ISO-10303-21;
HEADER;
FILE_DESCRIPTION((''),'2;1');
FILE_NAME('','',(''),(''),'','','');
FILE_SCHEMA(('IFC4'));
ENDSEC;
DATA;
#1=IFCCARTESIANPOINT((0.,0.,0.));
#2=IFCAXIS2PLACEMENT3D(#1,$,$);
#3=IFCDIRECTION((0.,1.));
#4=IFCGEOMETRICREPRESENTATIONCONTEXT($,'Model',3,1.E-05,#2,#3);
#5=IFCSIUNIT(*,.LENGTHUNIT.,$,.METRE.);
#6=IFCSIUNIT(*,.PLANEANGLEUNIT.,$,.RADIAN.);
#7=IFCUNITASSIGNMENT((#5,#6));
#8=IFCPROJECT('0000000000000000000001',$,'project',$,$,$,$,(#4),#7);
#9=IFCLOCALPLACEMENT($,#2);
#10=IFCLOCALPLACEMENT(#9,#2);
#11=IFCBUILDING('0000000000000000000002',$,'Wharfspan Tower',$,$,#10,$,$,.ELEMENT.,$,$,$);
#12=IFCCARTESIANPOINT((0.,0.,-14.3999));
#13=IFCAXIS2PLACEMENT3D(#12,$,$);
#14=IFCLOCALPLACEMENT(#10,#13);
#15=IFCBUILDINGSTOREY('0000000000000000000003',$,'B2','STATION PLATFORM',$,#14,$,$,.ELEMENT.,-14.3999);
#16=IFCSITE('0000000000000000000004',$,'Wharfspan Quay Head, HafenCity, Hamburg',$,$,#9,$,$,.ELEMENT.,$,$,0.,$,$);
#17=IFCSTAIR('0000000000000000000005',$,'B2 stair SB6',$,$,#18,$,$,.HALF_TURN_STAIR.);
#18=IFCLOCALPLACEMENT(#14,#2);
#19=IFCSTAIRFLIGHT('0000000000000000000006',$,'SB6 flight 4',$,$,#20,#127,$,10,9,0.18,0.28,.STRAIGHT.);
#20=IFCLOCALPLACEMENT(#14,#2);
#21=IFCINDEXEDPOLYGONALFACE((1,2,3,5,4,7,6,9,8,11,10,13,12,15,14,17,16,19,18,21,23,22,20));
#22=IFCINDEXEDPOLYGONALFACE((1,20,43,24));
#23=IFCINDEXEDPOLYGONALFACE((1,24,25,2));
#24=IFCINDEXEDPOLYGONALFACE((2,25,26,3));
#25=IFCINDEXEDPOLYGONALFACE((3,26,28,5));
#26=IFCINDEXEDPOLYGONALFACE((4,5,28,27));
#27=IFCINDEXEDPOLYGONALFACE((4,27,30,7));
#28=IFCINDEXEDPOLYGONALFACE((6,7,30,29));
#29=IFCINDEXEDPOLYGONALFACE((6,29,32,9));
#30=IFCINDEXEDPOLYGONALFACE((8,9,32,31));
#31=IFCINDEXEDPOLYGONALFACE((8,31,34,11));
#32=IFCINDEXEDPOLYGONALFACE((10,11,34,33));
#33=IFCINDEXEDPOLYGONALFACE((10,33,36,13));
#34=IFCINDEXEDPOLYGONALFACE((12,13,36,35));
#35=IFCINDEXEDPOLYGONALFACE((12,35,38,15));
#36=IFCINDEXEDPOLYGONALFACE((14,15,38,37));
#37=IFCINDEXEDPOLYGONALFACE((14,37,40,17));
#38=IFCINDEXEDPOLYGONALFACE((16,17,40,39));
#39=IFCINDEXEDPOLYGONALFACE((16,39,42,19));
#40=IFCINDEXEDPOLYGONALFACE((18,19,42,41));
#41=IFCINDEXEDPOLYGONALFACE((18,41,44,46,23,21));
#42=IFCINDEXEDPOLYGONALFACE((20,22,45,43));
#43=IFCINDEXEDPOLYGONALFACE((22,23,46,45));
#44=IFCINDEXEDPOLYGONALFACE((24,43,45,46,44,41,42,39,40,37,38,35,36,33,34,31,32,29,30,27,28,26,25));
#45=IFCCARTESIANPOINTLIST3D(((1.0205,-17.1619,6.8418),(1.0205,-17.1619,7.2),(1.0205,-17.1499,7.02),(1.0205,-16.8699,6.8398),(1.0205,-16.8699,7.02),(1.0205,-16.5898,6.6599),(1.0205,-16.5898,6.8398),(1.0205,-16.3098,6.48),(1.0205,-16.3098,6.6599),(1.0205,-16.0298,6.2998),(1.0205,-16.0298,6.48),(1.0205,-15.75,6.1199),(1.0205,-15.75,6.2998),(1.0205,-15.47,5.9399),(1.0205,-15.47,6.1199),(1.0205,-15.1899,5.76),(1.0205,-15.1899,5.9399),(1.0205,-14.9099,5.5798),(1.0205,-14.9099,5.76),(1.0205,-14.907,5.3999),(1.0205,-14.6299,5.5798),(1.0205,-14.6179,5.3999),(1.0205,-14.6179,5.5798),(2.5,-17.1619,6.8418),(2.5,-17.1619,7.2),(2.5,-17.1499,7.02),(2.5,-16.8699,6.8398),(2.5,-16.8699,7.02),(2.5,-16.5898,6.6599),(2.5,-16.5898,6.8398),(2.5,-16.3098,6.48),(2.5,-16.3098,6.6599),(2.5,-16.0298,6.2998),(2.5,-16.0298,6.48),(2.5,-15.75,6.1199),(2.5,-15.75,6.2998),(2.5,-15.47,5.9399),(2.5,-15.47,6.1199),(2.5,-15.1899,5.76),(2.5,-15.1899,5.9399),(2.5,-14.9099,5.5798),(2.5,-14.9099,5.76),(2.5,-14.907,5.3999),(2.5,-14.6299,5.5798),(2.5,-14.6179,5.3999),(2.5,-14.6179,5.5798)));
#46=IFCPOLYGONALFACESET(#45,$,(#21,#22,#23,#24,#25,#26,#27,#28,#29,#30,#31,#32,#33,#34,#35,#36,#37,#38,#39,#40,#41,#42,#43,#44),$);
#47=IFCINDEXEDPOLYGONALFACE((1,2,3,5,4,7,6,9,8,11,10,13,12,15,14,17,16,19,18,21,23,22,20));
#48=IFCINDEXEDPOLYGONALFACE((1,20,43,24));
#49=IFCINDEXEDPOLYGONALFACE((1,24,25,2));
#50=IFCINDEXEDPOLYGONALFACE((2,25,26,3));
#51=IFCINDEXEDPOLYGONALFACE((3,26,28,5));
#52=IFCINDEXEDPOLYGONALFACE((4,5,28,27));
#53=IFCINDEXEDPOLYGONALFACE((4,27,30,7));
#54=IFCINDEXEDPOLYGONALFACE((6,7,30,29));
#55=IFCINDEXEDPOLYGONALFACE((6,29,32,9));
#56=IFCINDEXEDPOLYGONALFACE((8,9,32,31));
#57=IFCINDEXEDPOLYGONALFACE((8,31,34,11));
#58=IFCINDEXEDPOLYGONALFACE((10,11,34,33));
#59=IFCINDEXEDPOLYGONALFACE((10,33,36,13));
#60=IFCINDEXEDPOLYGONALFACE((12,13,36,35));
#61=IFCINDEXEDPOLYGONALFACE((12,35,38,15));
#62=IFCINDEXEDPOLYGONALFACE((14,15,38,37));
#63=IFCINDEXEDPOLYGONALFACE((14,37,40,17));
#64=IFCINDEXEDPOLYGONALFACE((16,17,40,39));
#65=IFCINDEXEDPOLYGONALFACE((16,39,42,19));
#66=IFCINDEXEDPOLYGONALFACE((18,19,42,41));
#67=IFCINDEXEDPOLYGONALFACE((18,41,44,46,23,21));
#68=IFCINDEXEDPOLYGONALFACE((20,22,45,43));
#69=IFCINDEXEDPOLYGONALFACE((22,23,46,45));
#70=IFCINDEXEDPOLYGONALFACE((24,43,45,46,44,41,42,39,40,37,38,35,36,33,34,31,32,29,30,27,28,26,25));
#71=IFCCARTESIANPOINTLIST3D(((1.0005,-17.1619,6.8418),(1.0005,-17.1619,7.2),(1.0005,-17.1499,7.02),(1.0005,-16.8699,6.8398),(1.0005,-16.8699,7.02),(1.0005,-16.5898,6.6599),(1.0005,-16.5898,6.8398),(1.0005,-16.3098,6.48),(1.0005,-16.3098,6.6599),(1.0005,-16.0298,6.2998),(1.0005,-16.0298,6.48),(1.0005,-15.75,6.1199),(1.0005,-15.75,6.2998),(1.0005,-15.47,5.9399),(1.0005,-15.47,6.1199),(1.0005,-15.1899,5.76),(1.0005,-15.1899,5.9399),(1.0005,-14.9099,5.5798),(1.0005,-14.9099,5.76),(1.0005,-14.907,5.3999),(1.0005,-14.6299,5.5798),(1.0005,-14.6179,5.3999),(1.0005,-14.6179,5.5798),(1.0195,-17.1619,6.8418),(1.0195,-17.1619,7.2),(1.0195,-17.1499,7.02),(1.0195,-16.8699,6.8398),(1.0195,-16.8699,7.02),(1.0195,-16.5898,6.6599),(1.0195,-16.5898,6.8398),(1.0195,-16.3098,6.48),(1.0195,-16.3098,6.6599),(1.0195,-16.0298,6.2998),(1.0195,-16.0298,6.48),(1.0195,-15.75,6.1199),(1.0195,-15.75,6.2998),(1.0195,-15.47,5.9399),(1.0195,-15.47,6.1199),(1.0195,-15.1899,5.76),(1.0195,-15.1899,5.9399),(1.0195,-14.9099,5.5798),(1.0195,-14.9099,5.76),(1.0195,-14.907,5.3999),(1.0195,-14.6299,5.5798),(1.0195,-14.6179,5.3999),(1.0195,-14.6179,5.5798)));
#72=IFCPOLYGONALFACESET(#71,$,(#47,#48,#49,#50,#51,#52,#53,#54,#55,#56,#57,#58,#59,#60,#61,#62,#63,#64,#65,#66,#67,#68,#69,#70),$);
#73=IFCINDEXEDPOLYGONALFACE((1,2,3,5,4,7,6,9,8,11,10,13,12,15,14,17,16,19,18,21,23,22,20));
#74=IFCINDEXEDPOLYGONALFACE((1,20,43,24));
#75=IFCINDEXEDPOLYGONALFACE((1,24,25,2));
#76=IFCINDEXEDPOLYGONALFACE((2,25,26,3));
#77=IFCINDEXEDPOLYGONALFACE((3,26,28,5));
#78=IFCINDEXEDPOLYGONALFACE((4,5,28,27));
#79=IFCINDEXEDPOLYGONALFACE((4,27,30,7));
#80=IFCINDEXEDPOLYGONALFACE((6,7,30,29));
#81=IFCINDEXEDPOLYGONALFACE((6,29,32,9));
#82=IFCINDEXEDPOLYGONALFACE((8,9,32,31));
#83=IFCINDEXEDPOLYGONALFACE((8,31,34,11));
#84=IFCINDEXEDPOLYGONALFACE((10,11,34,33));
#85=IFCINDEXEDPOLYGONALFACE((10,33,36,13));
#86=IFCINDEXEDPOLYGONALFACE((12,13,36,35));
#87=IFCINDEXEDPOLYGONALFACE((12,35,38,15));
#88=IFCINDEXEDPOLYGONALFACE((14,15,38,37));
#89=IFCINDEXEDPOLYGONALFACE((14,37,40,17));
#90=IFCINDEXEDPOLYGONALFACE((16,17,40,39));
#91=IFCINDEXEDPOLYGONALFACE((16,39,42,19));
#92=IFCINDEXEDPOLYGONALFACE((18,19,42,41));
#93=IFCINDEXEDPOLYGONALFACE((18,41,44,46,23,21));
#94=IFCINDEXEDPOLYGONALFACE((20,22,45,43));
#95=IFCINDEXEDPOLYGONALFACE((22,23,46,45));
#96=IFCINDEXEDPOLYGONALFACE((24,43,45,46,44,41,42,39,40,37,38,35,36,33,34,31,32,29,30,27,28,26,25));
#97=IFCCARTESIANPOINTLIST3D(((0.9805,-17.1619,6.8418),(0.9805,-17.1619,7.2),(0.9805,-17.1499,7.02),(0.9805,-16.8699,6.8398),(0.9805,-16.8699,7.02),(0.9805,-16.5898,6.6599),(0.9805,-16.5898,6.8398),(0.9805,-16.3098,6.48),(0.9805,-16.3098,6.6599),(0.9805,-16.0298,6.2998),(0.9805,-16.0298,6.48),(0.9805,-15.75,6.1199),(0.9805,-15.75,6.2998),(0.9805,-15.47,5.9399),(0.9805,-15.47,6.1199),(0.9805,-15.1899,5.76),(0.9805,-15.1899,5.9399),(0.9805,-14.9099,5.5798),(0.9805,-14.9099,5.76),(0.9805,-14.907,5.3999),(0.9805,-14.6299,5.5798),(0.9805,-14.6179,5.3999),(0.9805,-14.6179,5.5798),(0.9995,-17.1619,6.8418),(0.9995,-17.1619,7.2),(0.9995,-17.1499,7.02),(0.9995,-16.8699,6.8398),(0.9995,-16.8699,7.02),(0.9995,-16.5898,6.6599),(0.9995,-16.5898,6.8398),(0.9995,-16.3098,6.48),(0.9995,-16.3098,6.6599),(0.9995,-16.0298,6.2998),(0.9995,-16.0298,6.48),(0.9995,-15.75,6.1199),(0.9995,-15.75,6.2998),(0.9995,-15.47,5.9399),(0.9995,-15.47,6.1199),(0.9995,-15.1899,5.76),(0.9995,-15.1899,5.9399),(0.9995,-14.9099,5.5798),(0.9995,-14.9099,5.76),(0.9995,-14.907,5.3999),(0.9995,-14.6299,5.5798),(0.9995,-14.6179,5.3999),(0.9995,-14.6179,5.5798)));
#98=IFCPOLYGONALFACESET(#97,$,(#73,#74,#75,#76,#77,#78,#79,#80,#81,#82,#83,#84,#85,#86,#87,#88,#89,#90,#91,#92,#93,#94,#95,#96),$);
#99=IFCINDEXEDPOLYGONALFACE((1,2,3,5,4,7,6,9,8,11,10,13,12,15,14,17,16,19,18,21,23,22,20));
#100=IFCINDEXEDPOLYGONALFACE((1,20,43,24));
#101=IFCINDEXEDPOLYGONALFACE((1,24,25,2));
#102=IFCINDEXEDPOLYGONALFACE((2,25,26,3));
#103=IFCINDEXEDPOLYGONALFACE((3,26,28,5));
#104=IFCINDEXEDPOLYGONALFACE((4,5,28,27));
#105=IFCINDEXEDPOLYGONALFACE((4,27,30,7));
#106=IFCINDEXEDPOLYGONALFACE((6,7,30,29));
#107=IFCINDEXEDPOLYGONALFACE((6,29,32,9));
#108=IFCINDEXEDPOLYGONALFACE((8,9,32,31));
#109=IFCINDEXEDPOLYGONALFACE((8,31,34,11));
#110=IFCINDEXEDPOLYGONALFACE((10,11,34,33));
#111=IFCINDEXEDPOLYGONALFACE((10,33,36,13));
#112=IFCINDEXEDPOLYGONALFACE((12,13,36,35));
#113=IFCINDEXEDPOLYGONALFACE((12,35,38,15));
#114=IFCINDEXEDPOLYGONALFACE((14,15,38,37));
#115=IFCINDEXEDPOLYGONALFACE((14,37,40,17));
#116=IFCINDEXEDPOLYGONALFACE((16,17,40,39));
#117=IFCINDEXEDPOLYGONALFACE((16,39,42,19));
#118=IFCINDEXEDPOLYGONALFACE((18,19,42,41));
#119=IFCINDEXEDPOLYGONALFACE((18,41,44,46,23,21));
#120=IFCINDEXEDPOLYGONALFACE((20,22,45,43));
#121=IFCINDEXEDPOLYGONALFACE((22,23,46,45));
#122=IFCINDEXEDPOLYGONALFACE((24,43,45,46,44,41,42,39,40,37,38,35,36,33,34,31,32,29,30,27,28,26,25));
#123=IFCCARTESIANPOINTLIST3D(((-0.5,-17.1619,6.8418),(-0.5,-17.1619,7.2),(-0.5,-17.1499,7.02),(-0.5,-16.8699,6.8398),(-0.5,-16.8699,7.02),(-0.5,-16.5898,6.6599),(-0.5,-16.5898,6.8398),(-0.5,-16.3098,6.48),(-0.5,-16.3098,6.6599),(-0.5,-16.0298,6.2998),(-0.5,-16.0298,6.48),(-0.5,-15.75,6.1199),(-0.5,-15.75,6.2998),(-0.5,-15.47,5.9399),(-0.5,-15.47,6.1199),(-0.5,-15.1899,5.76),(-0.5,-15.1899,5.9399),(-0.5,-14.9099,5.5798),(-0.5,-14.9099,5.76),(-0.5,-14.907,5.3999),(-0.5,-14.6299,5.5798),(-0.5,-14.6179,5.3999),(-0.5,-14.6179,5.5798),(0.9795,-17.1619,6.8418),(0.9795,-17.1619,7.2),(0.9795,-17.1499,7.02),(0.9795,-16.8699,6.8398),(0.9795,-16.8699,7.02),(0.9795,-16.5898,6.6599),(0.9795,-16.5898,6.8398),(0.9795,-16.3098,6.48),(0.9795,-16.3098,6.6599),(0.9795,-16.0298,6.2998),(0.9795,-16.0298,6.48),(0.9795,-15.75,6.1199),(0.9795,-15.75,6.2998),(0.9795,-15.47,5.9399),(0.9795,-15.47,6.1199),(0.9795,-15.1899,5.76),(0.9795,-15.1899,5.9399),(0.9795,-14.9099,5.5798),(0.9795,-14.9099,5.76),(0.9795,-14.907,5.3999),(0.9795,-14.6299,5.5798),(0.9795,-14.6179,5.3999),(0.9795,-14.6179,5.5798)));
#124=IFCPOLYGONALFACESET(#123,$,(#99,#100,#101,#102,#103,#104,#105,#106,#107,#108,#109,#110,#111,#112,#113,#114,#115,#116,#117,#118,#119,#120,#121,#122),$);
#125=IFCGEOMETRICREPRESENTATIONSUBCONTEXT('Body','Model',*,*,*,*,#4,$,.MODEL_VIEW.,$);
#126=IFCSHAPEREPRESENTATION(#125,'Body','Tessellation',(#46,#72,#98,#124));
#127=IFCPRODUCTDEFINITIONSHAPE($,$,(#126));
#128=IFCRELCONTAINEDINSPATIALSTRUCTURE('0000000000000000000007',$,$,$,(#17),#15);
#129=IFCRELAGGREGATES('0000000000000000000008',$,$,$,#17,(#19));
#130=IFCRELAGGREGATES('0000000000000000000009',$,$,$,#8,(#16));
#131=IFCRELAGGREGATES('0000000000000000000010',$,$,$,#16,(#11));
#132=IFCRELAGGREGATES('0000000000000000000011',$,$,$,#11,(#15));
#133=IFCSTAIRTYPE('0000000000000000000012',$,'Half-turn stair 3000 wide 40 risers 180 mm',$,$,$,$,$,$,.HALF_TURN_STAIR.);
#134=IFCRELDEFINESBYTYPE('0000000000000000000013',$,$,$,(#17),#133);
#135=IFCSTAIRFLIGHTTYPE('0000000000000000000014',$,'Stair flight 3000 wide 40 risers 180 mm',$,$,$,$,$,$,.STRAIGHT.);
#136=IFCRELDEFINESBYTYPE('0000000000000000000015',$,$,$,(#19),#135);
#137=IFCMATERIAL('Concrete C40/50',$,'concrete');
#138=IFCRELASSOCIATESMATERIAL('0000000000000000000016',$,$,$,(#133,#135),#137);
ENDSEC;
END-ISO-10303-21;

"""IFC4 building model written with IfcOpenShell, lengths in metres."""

from ifc_helpers import new_model, si_unit, direction, frame, origin, place, context, subcontext, project, spatial, polyline, outline, extrude, material, type_object, element, aggregate, save


model = new_model("IFC4")

# Units and contexts
model_context = context("Model", 3, precision=1e-05, world=origin(), true_north=direction((0.0, 1.0)))
body_context = subcontext(model_context, "Body", "Model", "MODEL_VIEW")
ifc_project = project(units=[si_unit("LENGTHUNIT", "METRE"), si_unit("PLANEANGLEUNIT", "RADIAN")], contexts=[model_context])

# Site, building, storey
site_placement = place(None, origin())
site = spatial("IfcSite", under=ifc_project, at=site_placement, Name="Wharfspan Quay Head, HafenCity, Hamburg", CompositionType="ELEMENT", RefElevation=0.0)
building_placement = place(site_placement, origin())
building = spatial("IfcBuilding", under=site, at=building_placement, Name="Wharfspan Tower", CompositionType="ELEMENT")
storey_placement = place(building_placement, frame((0.0, 0.0, -14.3999)))
storey = spatial("IfcBuildingStorey", under=building, at=storey_placement, Name="B2", Description="STATION PLATFORM", CompositionType="ELEMENT", Elevation=-14.3999)

# Shared definitions
ifc_material_1 = material(Name="Concrete C40/50", Category="concrete")

# Stair, stair flight
stair_type = type_object("IfcStairType", Name="Half-turn stair 3000 wide 40 risers 180 mm", PredefinedType="HALF_TURN_STAIR", material=ifc_material_1)
stair_placement = place(storey_placement, origin())
stair = element("IfcStair", 1, at=stair_placement, inside=storey, type_object=stair_type, Name="B2 stair SB6", PredefinedType="HALF_TURN_STAIR")
stair_flight_type = type_object("IfcStairFlightType", Name="Stair flight 3000 wide 40 risers 180 mm", PredefinedType="STRAIGHT", material=ifc_material_1)
stair_flight_1_placement = place(storey_placement, frame((1.0, -14.6299, 5.3999), z_axis=(0.0, 0.0, 1.0), x_axis=(0.0, -1.0, 0.0)))
stair_flight_1 = element("IfcStairFlight", 2, at=stair_flight_1_placement, type_object=stair_flight_type, Name="SB6 flight 4", NumberOfRisers=10, NumberOfTreads=9, PredefinedType="STRAIGHT", RiserHeight=0.18, TreadLength=0.28, context=body_context, shape_type="SweptSolid", body=[
    extrude(outline(polyline([(-0.012, 0.0), (-0.012, 0.1799), (0.0, 0.1799), (0.28, 0.1799), (0.28, 0.3601), (0.5601, 0.3601), (0.5601, 0.54), (0.8401, 0.54), (0.8401, 0.72), (1.1201, 0.72), (1.1201, 0.8999), (1.3999, 0.8999), (1.3999, 1.0801), (1.6799, 1.0801), (1.6799, 1.26), (1.96, 1.26), (1.96, 1.4399), (2.24, 1.4399), (2.24, 1.6201), (2.52, 1.6201), (2.532, 1.8), (2.532, 1.4419), (0.2771, 0.0), (-0.012, 0.0)])), frame((0.0, 1.5, 0.0), z_axis=(0.0, -1.0, 0.0), x_axis=(1.0, 0.0, 0.0)), (0.0, 0.0, 1.0), 1.4795),
    extrude(outline(polyline([(-0.012, 0.0), (-0.012, 0.1799), (0.0, 0.1799), (0.28, 0.1799), (0.28, 0.3601), (0.5601, 0.3601), (0.5601, 0.54), (0.8401, 0.54), (0.8401, 0.72), (1.1201, 0.72), (1.1201, 0.8999), (1.3999, 0.8999), (1.3999, 1.0801), (1.6799, 1.0801), (1.6799, 1.26), (1.96, 1.26), (1.96, 1.4399), (2.24, 1.4399), (2.24, 1.6201), (2.52, 1.6201), (2.532, 1.8), (2.532, 1.4419), (0.2771, 0.0), (-0.012, 0.0)])), frame((0.0, 0.0195, 0.0), z_axis=(0.0, -1.0, 0.0), x_axis=(1.0, 0.0, 0.0)), (0.0, 0.0, 1.0), 0.019),
    extrude(outline(polyline([(-0.012, 0.0), (-0.012, 0.1799), (0.0, 0.1799), (0.28, 0.1799), (0.28, 0.3601), (0.5601, 0.3601), (0.5601, 0.54), (0.8401, 0.54), (0.8401, 0.72), (1.1201, 0.72), (1.1201, 0.8999), (1.3999, 0.8999), (1.3999, 1.0801), (1.6799, 1.0801), (1.6799, 1.26), (1.96, 1.26), (1.96, 1.4399), (2.24, 1.4399), (2.24, 1.6201), (2.52, 1.6201), (2.532, 1.8), (2.532, 1.4419), (0.2771, 0.0), (-0.012, 0.0)])), frame((0.0, -0.0005, 0.0), z_axis=(0.0, -1.0, 0.0), x_axis=(1.0, 0.0, 0.0)), (0.0, 0.0, 1.0), 0.019),
    extrude(outline(polyline([(-0.012, 0.0), (-0.012, 0.1799), (0.0, 0.1799), (0.28, 0.1799), (0.28, 0.3601), (0.5601, 0.3601), (0.5601, 0.54), (0.8401, 0.54), (0.8401, 0.72), (1.1201, 0.72), (1.1201, 0.8999), (1.3999, 0.8999), (1.3999, 1.0801), (1.6799, 1.0801), (1.6799, 1.26), (1.96, 1.26), (1.96, 1.4399), (2.24, 1.4399), (2.24, 1.6201), (2.52, 1.6201), (2.532, 1.8), (2.532, 1.4419), (0.2771, 0.0), (-0.012, 0.0)])), frame((0.0, -0.0205, 0.0), z_axis=(0.0, -1.0, 0.0), x_axis=(1.0, 0.0, 0.0)), (0.0, 0.0, 1.0), 1.4795),
])
aggregate(stair, [stair_flight_1])

save(model, "model.ifc")
